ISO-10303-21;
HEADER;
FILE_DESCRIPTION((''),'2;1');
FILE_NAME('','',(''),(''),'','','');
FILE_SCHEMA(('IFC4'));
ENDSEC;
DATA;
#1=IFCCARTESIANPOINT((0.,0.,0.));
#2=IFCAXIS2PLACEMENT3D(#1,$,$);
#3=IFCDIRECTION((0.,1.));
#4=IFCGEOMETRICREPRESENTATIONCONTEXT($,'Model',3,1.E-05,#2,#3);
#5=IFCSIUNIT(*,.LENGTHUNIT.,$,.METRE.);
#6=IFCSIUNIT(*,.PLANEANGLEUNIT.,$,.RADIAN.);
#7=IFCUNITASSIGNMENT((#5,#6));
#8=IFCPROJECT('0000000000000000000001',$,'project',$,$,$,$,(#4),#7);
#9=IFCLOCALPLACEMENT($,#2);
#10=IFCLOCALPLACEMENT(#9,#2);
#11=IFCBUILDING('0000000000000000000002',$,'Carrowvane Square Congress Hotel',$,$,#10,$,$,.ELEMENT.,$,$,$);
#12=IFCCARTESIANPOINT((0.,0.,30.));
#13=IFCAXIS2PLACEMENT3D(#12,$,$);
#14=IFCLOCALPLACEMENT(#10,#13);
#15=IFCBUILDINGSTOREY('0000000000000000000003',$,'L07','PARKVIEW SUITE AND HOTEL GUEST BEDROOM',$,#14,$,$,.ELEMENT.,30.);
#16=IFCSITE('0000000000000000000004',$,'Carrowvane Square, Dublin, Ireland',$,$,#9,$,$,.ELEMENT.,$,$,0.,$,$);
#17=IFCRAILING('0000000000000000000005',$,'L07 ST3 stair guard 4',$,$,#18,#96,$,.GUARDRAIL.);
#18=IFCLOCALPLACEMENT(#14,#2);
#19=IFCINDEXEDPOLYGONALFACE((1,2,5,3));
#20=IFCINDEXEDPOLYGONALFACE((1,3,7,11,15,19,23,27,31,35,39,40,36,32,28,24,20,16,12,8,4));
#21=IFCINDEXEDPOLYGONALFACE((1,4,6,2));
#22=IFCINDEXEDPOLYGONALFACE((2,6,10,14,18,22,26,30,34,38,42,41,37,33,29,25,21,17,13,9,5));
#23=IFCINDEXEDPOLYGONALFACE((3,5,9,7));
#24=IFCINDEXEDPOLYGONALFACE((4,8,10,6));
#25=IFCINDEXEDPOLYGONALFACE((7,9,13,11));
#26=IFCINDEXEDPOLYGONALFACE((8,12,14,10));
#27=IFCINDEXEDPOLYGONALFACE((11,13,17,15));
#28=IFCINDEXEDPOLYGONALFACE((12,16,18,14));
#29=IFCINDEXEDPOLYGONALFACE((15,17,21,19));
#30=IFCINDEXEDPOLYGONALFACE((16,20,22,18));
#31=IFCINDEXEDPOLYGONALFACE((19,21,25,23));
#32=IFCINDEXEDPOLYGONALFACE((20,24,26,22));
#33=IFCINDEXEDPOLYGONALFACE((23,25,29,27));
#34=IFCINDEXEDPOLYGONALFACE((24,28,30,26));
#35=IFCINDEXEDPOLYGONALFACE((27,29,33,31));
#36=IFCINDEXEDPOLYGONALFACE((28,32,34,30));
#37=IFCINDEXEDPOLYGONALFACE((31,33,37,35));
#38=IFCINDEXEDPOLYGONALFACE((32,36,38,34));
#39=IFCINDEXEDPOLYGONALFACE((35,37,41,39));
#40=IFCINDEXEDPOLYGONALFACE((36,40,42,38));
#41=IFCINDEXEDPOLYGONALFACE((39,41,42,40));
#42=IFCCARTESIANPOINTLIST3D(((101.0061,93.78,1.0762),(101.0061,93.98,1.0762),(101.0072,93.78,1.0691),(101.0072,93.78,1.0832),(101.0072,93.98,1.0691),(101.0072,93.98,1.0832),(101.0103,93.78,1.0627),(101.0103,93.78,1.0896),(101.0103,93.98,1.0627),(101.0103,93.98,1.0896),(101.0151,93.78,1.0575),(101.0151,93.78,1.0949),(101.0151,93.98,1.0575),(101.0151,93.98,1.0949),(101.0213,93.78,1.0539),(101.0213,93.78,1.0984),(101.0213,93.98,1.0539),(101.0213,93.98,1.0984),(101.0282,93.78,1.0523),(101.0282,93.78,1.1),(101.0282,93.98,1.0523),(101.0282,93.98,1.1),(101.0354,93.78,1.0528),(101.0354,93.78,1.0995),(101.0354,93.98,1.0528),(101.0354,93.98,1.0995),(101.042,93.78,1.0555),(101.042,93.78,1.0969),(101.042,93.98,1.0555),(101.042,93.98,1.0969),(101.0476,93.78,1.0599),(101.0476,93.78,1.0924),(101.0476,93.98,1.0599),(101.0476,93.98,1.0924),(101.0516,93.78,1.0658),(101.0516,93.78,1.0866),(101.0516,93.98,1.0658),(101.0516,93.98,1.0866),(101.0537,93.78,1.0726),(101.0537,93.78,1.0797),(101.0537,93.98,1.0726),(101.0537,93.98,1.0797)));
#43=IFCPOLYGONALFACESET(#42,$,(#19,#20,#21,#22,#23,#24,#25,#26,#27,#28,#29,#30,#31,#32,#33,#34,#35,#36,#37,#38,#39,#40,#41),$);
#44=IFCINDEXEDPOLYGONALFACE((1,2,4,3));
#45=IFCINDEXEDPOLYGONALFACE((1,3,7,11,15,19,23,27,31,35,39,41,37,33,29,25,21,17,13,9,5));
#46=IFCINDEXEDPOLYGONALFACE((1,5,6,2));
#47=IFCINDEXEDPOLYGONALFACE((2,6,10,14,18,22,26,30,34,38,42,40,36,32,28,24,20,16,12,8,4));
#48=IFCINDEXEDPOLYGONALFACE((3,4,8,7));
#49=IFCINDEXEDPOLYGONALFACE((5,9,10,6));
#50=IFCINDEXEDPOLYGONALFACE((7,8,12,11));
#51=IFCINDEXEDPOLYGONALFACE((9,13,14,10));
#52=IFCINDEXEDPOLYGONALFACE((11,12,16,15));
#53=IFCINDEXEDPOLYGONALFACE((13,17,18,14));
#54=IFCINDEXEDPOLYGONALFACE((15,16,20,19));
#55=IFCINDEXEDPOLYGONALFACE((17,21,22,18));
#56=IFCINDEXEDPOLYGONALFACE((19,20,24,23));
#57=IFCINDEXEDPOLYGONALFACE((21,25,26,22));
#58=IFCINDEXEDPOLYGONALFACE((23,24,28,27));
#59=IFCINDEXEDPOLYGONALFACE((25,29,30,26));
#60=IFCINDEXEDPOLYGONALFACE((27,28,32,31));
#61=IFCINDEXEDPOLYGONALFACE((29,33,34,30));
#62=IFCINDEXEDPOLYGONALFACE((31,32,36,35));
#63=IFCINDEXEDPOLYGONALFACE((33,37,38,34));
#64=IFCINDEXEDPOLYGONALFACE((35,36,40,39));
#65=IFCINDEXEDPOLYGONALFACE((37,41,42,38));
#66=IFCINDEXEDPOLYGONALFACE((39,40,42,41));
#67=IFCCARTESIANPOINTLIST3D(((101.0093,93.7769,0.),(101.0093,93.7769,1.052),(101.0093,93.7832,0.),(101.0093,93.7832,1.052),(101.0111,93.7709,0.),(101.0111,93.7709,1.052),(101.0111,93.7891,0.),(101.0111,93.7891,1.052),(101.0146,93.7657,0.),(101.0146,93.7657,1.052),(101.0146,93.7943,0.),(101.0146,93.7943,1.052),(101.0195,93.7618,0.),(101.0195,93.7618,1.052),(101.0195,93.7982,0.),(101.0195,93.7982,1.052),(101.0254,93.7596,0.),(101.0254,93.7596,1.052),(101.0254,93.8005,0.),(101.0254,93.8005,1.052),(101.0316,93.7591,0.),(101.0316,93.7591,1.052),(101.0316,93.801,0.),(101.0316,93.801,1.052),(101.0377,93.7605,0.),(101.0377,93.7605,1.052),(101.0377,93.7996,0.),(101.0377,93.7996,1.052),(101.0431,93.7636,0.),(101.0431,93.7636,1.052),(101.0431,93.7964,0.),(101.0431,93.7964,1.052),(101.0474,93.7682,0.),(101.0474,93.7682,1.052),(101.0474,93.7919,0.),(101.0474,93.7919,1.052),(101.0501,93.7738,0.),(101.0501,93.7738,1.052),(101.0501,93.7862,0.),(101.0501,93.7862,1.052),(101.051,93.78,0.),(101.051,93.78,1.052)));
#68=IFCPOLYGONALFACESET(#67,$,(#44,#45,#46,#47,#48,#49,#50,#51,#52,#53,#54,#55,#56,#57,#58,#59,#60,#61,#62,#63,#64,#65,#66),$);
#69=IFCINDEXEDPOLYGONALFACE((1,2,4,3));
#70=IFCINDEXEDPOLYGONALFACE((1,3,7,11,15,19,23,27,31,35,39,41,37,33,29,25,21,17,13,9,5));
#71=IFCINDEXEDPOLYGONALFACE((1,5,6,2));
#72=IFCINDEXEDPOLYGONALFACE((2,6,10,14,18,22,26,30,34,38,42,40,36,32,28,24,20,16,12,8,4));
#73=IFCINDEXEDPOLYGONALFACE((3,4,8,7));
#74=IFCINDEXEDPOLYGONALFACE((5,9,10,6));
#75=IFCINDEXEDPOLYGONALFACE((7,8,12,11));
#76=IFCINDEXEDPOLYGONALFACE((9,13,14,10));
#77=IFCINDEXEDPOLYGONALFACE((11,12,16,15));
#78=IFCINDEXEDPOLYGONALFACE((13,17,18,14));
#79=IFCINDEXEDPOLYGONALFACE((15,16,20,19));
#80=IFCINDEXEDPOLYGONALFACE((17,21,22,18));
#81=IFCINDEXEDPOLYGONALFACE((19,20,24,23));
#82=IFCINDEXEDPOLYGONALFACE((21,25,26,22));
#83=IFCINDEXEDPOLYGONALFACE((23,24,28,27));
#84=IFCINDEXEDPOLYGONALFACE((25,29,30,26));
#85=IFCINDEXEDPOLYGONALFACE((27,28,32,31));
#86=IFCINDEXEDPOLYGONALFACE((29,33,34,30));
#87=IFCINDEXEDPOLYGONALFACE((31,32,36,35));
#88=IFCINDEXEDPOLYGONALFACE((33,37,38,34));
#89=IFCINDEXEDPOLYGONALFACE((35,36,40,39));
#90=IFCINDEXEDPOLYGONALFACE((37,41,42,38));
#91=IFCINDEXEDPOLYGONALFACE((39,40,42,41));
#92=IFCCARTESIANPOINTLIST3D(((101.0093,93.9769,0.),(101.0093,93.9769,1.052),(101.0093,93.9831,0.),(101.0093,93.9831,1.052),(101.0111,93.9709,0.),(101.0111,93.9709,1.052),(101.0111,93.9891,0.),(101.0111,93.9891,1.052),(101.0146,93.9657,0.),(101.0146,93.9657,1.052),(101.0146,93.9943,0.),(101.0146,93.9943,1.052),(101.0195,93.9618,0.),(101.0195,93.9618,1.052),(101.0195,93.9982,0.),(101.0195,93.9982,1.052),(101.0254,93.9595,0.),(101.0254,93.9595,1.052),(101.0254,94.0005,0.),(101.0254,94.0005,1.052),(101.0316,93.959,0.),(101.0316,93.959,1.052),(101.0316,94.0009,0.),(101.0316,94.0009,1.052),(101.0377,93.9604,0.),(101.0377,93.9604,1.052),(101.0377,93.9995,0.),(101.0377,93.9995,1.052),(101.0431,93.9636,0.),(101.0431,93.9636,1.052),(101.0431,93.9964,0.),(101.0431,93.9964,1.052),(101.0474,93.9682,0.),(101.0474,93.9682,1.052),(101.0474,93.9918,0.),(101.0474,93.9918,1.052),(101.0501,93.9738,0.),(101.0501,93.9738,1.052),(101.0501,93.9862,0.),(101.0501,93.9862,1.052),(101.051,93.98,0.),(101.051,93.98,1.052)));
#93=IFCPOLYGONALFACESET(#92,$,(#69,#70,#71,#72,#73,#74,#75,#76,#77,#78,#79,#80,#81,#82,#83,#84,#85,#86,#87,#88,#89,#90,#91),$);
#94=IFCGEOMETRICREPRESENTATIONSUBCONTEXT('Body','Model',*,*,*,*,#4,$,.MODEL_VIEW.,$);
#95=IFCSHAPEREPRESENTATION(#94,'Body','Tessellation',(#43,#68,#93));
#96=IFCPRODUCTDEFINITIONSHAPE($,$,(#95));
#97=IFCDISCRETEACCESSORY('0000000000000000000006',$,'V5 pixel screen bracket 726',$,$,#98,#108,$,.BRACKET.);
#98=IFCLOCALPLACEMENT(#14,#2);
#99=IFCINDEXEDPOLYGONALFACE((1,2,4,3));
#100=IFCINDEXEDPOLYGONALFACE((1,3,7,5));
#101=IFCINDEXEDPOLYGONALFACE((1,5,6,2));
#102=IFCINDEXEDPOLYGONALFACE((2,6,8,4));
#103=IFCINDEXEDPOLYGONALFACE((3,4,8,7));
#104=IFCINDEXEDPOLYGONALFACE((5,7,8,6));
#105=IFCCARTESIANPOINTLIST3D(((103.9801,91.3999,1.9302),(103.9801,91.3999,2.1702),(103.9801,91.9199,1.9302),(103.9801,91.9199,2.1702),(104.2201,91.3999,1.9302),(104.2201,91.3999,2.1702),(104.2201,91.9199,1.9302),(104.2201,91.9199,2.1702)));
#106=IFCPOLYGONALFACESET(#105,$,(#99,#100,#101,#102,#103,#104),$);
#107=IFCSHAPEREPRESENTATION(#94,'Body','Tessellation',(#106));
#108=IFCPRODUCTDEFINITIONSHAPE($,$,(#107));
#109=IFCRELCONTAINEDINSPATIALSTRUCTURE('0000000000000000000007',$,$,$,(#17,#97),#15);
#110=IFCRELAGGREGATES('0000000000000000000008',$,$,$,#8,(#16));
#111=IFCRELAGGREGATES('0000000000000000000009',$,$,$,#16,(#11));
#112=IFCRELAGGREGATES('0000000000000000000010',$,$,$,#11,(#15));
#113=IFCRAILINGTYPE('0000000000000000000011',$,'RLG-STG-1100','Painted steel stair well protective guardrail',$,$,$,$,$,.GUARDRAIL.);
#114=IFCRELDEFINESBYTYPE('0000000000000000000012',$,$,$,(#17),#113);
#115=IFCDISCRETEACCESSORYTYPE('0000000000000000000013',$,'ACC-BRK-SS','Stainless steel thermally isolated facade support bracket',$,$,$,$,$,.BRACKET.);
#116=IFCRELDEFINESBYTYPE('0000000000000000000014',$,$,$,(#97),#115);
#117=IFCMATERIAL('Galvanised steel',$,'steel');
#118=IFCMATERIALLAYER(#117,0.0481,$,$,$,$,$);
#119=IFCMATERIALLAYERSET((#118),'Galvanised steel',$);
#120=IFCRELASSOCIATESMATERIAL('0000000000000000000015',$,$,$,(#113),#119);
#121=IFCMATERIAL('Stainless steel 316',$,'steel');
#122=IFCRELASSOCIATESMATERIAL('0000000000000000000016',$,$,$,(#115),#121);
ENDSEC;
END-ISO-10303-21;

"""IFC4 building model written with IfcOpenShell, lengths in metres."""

from ifc_helpers import new_model, si_unit, direction, frame, origin, origin_2d, place, context, subcontext, project, spatial, rectangle, circle, extrude, material, layer, layer_set, type_object, element, save


model = new_model("IFC4")

# Units and contexts
model_context = context("Model", 3, precision=1e-05, world=origin(), true_north=direction((0.0, 1.0)))
body_context = subcontext(model_context, "Body", "Model", "MODEL_VIEW")
ifc_project = project(units=[si_unit("LENGTHUNIT", "METRE"), si_unit("PLANEANGLEUNIT", "RADIAN")], contexts=[model_context])

# Site, building, storey
site_placement = place(None, origin())
site = spatial("IfcSite", under=ifc_project, at=site_placement, Name="Carrowvane Square, Dublin, Ireland", CompositionType="ELEMENT", RefElevation=0.0)
building_placement = place(site_placement, origin())
building = spatial("IfcBuilding", under=site, at=building_placement, Name="Carrowvane Square Congress Hotel", CompositionType="ELEMENT")
storey_placement = place(building_placement, frame((0.0, 0.0, 30.0)))
storey = spatial("IfcBuildingStorey", under=building, at=storey_placement, Name="L07", Description="PARKVIEW SUITE AND HOTEL GUEST BEDROOM", CompositionType="ELEMENT", Elevation=30.0)

# Railing
ifc_material_1 = material(Name="Galvanised steel", Category="steel")
ifc_layer_1 = layer(ifc_material_1, 0.0481)
ifc_layer_set_1 = layer_set([ifc_layer_1], Name="Galvanised steel")
railing_type_1 = type_object("IfcRailingType", Name="RLG-STG-1100", Description="Painted steel stair well protective guardrail", PredefinedType="GUARDRAIL", material=ifc_layer_set_1)
railing_1_placement = place(storey_placement, frame((101.03, 93.78, 0.0)))
element("IfcRailing", 1, at=railing_1_placement, inside=storey, type_object=railing_type_1, Name="L07 ST3 stair guard 4", PredefinedType="GUARDRAIL", context=body_context, shape_type="SweptSolid", body=[
    extrude(circle(Radius=0.0239, at=origin_2d()), frame((0.0, 0.0, 1.0762), z_axis=(0.0, 1.0, 0.0), x_axis=(-1.0, 0.0, 0.0)), (0.0, 0.0, 1.0), 0.2),
    extrude(circle(Radius=0.021, at=origin_2d()), origin(), (0.0, 0.0, 1.0), 1.052),
    extrude(circle(Radius=0.021, at=origin_2d()), frame((0.0, 0.2, 0.0)), (0.0, 0.0, 1.0), 1.052),
])

# Discrete accessory
ifc_material_2 = material(Name="Stainless steel 316", Category="steel")
discrete_accessory_type = type_object("IfcDiscreteAccessoryType", Name="ACC-BRK-SS", Description="Stainless steel thermally isolated facade support bracket", PredefinedType="BRACKET", material=ifc_material_2)
discrete_accessory_placement = place(storey_placement, frame((104.1001, 91.6599, 1.9302), z_axis=(0.0, 0.0, 1.0), x_axis=(-1.0, 0.0, 0.0)))
element("IfcDiscreteAccessory", 2, at=discrete_accessory_placement, inside=storey, type_object=discrete_accessory_type, Name="V5 pixel screen bracket 726", PredefinedType="BRACKET", context=body_context, shape_type="SweptSolid", body=[
    extrude(rectangle(XDim=0.24, YDim=0.52, at=origin_2d()), origin(), (0.0, 0.0, 1.0), 0.24),
])

save(model, "model.ifc")
